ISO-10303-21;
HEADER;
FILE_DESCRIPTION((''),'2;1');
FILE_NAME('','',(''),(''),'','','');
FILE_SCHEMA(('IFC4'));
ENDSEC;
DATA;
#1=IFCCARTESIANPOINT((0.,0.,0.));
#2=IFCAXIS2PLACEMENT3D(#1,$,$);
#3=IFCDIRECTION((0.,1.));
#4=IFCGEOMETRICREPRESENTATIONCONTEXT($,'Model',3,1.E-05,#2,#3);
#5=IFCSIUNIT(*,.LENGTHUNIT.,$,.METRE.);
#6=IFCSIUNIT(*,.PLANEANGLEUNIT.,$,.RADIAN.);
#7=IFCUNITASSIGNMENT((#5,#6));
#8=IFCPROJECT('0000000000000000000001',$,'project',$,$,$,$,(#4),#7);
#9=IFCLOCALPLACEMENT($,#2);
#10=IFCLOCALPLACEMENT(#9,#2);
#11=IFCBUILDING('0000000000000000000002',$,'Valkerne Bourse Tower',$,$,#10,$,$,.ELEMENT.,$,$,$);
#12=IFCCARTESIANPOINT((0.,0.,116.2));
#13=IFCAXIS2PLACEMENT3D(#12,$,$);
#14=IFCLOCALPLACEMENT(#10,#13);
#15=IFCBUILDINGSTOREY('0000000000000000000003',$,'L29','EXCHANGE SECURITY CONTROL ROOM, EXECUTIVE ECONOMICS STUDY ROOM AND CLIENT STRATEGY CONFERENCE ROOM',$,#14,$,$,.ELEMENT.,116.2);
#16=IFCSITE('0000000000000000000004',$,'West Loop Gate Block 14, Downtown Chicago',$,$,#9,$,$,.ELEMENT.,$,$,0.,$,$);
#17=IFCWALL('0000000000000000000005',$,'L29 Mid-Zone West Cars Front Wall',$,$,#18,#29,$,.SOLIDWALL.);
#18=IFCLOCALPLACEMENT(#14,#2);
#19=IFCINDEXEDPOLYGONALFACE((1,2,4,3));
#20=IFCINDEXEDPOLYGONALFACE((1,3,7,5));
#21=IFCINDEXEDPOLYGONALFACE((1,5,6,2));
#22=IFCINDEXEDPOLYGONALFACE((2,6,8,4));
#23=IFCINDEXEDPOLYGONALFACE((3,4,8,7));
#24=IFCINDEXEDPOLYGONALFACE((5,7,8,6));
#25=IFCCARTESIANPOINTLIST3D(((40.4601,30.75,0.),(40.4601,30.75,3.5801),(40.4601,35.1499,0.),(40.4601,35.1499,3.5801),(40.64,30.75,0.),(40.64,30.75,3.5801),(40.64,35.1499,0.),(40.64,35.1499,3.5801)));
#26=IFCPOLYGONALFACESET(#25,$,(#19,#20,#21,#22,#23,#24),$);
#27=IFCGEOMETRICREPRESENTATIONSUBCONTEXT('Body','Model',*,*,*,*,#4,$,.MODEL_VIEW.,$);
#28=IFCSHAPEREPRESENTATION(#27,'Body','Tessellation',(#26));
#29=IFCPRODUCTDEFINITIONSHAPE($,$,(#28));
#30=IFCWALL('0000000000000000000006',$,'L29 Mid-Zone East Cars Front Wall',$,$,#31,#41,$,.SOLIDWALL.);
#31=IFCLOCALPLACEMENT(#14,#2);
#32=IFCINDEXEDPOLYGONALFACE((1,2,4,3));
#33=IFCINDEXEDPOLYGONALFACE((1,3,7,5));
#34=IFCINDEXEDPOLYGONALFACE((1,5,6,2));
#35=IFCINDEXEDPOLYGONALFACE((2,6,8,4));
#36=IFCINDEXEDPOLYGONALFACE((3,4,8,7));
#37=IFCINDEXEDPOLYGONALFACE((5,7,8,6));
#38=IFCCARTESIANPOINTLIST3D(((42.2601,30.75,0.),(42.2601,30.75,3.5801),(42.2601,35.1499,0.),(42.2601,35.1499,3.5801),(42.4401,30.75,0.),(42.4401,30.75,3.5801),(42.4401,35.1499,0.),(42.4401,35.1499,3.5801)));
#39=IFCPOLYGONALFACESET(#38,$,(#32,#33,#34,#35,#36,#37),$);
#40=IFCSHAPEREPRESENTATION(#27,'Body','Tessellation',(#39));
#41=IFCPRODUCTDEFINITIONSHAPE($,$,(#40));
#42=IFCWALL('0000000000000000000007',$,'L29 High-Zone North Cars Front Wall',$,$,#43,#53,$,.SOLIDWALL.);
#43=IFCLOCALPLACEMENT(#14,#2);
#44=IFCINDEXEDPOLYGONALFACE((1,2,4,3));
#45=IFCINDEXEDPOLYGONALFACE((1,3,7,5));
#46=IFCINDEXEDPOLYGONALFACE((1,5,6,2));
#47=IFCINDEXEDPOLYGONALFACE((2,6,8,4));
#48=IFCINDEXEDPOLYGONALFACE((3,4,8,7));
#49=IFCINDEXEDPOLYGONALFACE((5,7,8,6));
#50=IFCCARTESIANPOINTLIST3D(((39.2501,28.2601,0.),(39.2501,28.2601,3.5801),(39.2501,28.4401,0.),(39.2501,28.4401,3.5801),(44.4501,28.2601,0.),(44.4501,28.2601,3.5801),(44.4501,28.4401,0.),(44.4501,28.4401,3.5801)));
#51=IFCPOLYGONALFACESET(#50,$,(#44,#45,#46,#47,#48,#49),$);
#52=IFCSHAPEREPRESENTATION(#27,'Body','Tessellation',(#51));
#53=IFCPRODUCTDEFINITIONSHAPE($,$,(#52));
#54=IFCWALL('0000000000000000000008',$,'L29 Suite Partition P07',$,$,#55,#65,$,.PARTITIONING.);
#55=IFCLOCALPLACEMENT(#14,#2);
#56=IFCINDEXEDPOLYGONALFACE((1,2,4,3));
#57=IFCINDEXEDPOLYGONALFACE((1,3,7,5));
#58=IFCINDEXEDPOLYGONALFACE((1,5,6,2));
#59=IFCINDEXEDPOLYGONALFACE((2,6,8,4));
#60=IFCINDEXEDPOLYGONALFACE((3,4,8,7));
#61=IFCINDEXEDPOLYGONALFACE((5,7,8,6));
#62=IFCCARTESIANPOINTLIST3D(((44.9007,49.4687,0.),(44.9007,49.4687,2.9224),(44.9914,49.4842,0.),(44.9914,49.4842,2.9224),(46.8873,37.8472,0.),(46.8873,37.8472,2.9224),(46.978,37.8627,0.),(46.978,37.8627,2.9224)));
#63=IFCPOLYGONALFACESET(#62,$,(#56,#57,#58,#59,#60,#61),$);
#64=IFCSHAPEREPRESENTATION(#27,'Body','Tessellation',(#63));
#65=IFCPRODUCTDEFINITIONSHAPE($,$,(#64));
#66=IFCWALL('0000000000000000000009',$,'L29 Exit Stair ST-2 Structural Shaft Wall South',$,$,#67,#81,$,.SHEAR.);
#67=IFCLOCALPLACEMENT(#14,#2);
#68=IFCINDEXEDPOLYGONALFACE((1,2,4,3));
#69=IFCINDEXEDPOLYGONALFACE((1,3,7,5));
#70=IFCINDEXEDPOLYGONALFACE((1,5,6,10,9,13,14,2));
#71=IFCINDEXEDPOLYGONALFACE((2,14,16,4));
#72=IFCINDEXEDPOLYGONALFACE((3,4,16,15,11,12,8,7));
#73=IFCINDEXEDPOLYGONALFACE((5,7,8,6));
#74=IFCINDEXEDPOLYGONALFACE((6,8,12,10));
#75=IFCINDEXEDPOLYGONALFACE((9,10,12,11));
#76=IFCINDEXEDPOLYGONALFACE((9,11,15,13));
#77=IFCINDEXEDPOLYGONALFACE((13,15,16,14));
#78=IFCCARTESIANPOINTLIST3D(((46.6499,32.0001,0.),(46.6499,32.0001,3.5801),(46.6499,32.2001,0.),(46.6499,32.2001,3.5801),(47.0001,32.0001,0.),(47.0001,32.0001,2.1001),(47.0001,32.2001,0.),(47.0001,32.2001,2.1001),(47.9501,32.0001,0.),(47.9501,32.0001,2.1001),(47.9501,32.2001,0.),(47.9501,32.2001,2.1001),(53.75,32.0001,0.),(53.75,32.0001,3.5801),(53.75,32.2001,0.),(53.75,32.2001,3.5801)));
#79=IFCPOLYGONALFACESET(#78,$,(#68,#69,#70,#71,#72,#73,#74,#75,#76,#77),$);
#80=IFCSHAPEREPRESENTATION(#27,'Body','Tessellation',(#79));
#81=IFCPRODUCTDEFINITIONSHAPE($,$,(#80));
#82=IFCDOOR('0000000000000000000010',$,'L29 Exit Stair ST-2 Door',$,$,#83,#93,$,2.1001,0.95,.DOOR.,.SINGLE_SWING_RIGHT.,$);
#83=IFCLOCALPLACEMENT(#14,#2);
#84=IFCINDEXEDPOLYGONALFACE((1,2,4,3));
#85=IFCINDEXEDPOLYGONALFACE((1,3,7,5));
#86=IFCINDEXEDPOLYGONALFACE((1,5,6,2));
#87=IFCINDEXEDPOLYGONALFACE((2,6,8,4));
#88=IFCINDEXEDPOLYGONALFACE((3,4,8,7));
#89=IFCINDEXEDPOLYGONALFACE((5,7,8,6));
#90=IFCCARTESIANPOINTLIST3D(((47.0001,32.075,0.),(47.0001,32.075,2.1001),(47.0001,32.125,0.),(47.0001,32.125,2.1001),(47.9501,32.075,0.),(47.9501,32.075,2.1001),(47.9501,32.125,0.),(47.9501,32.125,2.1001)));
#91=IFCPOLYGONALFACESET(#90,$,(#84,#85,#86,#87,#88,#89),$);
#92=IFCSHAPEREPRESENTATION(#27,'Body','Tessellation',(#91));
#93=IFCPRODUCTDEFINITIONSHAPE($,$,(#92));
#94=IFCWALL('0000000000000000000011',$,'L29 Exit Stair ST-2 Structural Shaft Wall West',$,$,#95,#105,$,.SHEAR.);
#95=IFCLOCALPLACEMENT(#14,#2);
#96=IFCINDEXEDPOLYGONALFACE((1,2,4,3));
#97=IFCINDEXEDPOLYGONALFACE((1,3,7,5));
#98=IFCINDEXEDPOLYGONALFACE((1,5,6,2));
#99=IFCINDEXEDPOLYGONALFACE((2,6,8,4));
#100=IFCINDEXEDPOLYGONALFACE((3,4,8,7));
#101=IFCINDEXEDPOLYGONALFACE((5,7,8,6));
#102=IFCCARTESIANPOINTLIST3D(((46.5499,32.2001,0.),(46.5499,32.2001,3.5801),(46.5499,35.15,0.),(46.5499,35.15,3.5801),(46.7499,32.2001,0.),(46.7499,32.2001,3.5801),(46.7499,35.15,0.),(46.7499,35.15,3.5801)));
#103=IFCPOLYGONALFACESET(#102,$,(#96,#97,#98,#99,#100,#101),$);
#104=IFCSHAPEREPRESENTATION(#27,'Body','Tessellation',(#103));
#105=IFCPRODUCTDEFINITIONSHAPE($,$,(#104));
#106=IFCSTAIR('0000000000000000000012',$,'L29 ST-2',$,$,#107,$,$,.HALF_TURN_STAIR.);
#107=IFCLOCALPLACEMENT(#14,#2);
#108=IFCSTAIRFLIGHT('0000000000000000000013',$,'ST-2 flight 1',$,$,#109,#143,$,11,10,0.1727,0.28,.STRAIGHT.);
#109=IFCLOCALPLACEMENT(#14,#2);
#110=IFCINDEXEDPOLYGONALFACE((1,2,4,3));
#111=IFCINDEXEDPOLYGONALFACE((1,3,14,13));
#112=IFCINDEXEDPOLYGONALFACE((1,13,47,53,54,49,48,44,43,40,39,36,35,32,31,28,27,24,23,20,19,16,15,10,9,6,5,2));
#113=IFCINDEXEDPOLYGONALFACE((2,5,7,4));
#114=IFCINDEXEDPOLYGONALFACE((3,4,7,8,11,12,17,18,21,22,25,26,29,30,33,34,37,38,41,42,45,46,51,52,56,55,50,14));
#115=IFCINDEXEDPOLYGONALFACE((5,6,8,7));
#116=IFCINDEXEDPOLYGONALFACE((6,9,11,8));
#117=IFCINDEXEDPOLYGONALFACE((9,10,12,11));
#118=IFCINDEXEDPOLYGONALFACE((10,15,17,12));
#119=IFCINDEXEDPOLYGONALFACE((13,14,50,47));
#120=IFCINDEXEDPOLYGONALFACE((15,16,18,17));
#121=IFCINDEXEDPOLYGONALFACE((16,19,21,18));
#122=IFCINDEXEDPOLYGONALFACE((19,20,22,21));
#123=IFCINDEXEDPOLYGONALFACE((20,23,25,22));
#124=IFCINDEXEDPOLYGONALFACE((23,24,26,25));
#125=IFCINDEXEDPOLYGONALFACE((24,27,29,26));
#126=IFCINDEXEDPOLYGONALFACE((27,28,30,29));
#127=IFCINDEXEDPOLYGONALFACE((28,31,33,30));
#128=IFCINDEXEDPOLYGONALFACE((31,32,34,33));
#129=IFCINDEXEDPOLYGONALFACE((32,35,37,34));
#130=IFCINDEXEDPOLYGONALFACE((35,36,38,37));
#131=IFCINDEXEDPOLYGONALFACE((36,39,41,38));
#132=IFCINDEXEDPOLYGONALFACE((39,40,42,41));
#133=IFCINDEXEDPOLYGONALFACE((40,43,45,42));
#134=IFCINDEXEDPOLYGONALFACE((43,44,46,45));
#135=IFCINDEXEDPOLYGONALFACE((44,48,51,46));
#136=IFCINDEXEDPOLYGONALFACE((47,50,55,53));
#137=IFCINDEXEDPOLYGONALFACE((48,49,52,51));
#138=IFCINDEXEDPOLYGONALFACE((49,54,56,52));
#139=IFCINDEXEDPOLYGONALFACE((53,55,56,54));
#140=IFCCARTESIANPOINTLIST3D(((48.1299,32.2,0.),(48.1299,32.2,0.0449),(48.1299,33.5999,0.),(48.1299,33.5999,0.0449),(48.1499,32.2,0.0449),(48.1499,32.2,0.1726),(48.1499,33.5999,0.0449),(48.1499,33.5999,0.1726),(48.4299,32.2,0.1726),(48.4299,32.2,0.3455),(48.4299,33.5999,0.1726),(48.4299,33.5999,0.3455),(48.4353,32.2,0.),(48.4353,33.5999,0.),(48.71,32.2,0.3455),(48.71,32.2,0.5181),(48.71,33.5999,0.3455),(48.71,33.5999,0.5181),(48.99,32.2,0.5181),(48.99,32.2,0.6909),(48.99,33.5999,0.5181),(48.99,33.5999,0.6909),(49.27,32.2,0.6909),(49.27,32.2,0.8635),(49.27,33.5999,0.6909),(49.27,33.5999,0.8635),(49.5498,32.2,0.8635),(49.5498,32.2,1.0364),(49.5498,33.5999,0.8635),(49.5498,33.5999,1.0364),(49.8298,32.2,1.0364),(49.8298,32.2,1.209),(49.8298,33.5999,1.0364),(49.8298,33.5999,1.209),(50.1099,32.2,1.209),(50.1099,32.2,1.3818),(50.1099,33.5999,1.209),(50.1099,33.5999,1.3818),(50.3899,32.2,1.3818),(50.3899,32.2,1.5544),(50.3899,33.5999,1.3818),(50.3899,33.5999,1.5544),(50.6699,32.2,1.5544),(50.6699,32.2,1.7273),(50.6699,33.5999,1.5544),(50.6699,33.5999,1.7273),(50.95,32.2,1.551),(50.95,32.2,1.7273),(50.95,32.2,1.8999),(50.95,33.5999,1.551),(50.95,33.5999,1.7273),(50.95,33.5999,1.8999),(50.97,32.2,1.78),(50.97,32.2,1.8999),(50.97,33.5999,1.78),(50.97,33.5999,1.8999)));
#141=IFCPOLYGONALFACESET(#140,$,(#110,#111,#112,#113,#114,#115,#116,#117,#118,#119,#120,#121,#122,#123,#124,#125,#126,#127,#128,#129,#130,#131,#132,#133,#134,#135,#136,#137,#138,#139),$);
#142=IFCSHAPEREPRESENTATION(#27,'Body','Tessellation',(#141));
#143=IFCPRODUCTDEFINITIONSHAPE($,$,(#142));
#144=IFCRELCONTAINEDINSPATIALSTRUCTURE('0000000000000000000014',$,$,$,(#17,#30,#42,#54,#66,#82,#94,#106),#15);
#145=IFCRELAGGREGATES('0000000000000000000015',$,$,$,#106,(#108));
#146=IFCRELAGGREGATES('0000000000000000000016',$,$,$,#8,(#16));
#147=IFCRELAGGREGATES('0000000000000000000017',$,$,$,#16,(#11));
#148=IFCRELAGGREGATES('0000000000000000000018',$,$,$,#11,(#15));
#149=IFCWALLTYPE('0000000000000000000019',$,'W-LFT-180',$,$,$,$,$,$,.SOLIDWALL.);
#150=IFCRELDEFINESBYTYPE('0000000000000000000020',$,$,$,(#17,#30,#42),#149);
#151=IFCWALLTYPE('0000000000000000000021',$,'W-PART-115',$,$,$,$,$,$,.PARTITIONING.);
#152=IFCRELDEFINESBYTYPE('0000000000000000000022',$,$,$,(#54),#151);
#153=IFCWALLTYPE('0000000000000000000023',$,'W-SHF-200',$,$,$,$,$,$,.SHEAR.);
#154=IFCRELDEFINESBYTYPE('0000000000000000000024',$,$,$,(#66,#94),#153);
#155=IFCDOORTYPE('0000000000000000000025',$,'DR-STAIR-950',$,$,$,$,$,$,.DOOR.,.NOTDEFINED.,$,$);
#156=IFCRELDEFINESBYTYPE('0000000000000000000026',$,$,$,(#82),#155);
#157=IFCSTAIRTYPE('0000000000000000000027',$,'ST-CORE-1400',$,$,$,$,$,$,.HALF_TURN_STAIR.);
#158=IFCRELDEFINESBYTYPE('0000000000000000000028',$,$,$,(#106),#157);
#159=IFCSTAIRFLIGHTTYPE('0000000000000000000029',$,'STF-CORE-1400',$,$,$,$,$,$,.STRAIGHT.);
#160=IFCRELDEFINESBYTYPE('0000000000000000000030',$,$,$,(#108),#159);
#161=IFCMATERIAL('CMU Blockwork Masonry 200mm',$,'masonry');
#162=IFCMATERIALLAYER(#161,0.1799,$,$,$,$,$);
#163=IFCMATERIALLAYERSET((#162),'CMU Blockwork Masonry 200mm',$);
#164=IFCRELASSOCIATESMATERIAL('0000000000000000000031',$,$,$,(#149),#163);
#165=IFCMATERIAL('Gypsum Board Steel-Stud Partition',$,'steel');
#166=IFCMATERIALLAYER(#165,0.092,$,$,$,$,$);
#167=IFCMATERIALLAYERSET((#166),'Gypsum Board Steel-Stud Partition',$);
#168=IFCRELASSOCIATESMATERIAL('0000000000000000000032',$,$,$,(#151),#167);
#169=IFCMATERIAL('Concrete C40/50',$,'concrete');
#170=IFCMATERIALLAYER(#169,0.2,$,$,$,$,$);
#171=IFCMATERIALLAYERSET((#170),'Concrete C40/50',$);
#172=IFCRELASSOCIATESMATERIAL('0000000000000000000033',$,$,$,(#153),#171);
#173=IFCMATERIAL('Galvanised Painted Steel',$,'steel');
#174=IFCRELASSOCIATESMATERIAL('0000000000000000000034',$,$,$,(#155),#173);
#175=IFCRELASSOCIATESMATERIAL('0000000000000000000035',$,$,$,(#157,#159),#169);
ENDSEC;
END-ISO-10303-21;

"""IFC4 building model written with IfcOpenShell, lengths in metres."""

from ifc_helpers import new_model, si_unit, direction, frame, frame_2d, origin, place, context, subcontext, project, spatial, polyline, rectangle, outline, extrude, material, layer, layer_set, type_object, element, fill, aggregate, save


model = new_model("IFC4")

# Units and contexts
model_context = context("Model", 3, precision=1e-05, world=origin(), true_north=direction((0.0, 1.0)))
body_context = subcontext(model_context, "Body", "Model", "MODEL_VIEW")
ifc_project = project(units=[si_unit("LENGTHUNIT", "METRE"), si_unit("PLANEANGLEUNIT", "RADIAN")], contexts=[model_context])

# Site, building, storey
site_placement = place(None, origin())
site = spatial("IfcSite", under=ifc_project, at=site_placement, Name="West Loop Gate Block 14, Downtown Chicago", CompositionType="ELEMENT", RefElevation=0.0)
building_placement = place(site_placement, origin())
building = spatial("IfcBuilding", under=site, at=building_placement, Name="Valkerne Bourse Tower", CompositionType="ELEMENT")
storey_placement = place(building_placement, frame((0.0, 0.0, 116.2)))
storey = spatial("IfcBuildingStorey", under=building, at=storey_placement, Name="L29", Description="EXCHANGE SECURITY CONTROL ROOM, EXECUTIVE ECONOMICS STUDY ROOM AND CLIENT STRATEGY CONFERENCE ROOM", CompositionType="ELEMENT", Elevation=116.2)

# Shared definitions
ifc_material_1 = material(Name="Galvanised Painted Steel", Category="steel")

# Walls
ifc_material_2 = material(Name="CMU Blockwork Masonry 200mm", Category="masonry")
ifc_layer_1 = layer(ifc_material_2, 0.1799)
ifc_layer_set_1 = layer_set([ifc_layer_1], Name="CMU Blockwork Masonry 200mm")
wall_type_1 = type_object("IfcWallType", Name="W-LFT-180", PredefinedType="SOLIDWALL", material=ifc_layer_set_1)
for number, where, z_axis, x_axis, name in (
    (1, (40.55, 30.75, 0.0), (0.0, 0.0, 1.0), (0.0, 1.0, 0.0), "L29 Mid-Zone West Cars Front Wall"),
    (2, (42.3501, 30.75, 0.0), (0.0, 0.0, 1.0), (0.0, 1.0, 0.0), "L29 Mid-Zone East Cars Front Wall"),
):
    element("IfcWall", number, at=place(storey_placement, frame(where, z_axis=z_axis, x_axis=x_axis)), inside=storey, type_object=wall_type_1, Name=name, PredefinedType="SOLIDWALL", context=body_context, shape_type="SweptSolid", body=[
        extrude(rectangle(XDim=4.3999, YDim=0.1799, at=frame_2d((2.2, 0.0))), origin(), (0.0, 0.0, 1.0), 3.5801),
    ])
wall_1_placement = place(storey_placement, frame((39.25, 28.3501, 0.0), z_axis=(0.0, 0.0, 1.0), x_axis=(1.0, 0.0, 0.0)))
element("IfcWall", 3, at=wall_1_placement, inside=storey, type_object=wall_type_1, Name="L29 High-Zone North Cars Front Wall", PredefinedType="SOLIDWALL", context=body_context, shape_type="SweptSolid", body=[
    extrude(rectangle(XDim=5.2, YDim=0.1799, at=frame_2d((2.6001, 0.0))), origin(), (0.0, 0.0, 1.0), 3.5801),
])
ifc_material_3 = material(Name="Gypsum Board Steel-Stud Partition", Category="steel")
ifc_layer_2 = layer(ifc_material_3, 0.092)
ifc_layer_set_2 = layer_set([ifc_layer_2], Name="Gypsum Board Steel-Stud Partition")
wall_type_2 = type_object("IfcWallType", Name="W-PART-115", PredefinedType="PARTITIONING", material=ifc_layer_set_2)
wall_2_placement = place(storey_placement, frame((46.9326, 37.855, 0.0), z_axis=(0.0, 0.0, 1.0), x_axis=(-0.168494, 0.985703, 0.0)))
element("IfcWall", 4, at=wall_2_placement, inside=storey, type_object=wall_type_2, Name="L29 Suite Partition P07", PredefinedType="PARTITIONING", context=body_context, shape_type="SweptSolid", body=[
    extrude(rectangle(XDim=11.79, YDim=0.092, at=frame_2d((5.895, 0.0))), origin(), (0.0, 0.0, 1.0), 2.9224),
])

# Wall, opening, door
ifc_material_4 = material(Name="Concrete C40/50", Category="concrete")
ifc_layer_3 = layer(ifc_material_4, 0.2)
ifc_layer_set_3 = layer_set([ifc_layer_3], Name="Concrete C40/50")
wall_type_3 = type_object("IfcWallType", Name="W-SHF-200", PredefinedType="SHEAR", material=ifc_layer_set_3)
wall_3_placement = place(storey_placement, frame((46.6499, 32.1001, 0.0), z_axis=(0.0, 0.0, 1.0), x_axis=(1.0, 0.0, 0.0)))
wall_3 = element("IfcWall", 5, at=wall_3_placement, inside=storey, type_object=wall_type_3, Name="L29 Exit Stair ST-2 Structural Shaft Wall South", PredefinedType="SHEAR", context=body_context, shape_type="SweptSolid", body=[
    extrude(rectangle(XDim=7.1001, YDim=0.2, at=frame_2d((3.55, 0.0))), origin(), (0.0, 0.0, 1.0), 3.5801),
])
opening_1_placement = place(wall_3_placement, frame((0.3501, 0.0, 0.0)))
opening_1 = element("IfcOpeningElement", 6, at=opening_1_placement, cuts=wall_3, PredefinedType="OPENING", context=body_context, shape_type="SweptSolid", body=[
    extrude(rectangle(XDim=0.95, YDim=2.1001, at=frame_2d((0.4751, 1.05))), frame((0.0, 0.1099, 0.0), z_axis=(0.0, -1.0, 0.0), x_axis=(1.0, 0.0, 0.0)), (0.0, 0.0, 1.0), 0.22),
])
door_type_1 = type_object("IfcDoorType", Name="DR-STAIR-950", OperationType="NOTDEFINED", PredefinedType="DOOR", material=ifc_material_1)
door_1_placement = place(opening_1_placement, origin())
door_1 = element("IfcDoor", 7, at=door_1_placement, inside=storey, type_object=door_type_1, Name="L29 Exit Stair ST-2 Door", OperationType="SINGLE_SWING_RIGHT", OverallHeight=2.1001, OverallWidth=0.95, PredefinedType="DOOR", context=body_context, shape_type="SweptSolid", body=[
    extrude(rectangle(XDim=0.95, YDim=2.1001, at=frame_2d((0.4751, 1.05))), frame((0.0, 0.0249, 0.0), z_axis=(0.0, -1.0, 0.0), x_axis=(1.0, 0.0, 0.0)), (0.0, 0.0, 1.0), 0.05),
])
fill(opening_1, door_1)

# Wall
wall_4_placement = place(storey_placement, frame((46.6499, 32.2, 0.0), z_axis=(0.0, 0.0, 1.0), x_axis=(0.0, 1.0, 0.0)))
element("IfcWall", 8, at=wall_4_placement, inside=storey, type_object=wall_type_3, Name="L29 Exit Stair ST-2 Structural Shaft Wall West", PredefinedType="SHEAR", context=body_context, shape_type="SweptSolid", body=[
    extrude(rectangle(XDim=2.95, YDim=0.2, at=frame_2d((1.4751, 0.0))), origin(), (0.0, 0.0, 1.0), 3.5801),
])

# Stair, stair flight
stair_type = type_object("IfcStairType", Name="ST-CORE-1400", PredefinedType="HALF_TURN_STAIR", material=ifc_material_4)
stair_placement = place(storey_placement, origin())
stair = element("IfcStair", 9, at=stair_placement, inside=storey, type_object=stair_type, Name="L29 ST-2", PredefinedType="HALF_TURN_STAIR")
stair_flight_type = type_object("IfcStairFlightType", Name="STF-CORE-1400", PredefinedType="STRAIGHT", material=ifc_material_4)
stair_flight_placement = place(storey_placement, frame((48.1499, 32.8999, 0.0), z_axis=(0.0, 0.0, 1.0), x_axis=(1.0, 0.0, 0.0)))
stair_flight = element("IfcStairFlight", 10, at=stair_flight_placement, type_object=stair_flight_type, Name="ST-2 flight 1", NumberOfRisers=11, NumberOfTreads=10, PredefinedType="STRAIGHT", RiserHeight=0.1727, TreadLength=0.28, context=body_context, shape_type="SweptSolid", body=[
    extrude(outline(polyline([(-0.02, 0.0), (-0.02, 0.0449), (0.0, 0.0449), (0.0, 0.1726), (0.28, 0.1726), (0.28, 0.3455), (0.5601, 0.3455), (0.5601, 0.5181), (0.8401, 0.5181), (0.8401, 0.6909), (1.1201, 0.6909), (1.1201, 0.8635), (1.3999, 0.8635), (1.3999, 1.0364), (1.6799, 1.0364), (1.6799, 1.209), (1.96, 1.209), (1.96, 1.3818), (2.24, 1.3818), (2.24, 1.5544), (2.52, 1.5544), (2.52, 1.7273), (2.8, 1.7273), (2.8, 1.8999), (2.8201, 1.8999), (2.8201, 1.78), (2.8, 1.551), (0.2854, 0.0), (-0.02, 0.0)])), frame((0.0, 0.7, 0.0), z_axis=(0.0, -1.0, 0.0), x_axis=(1.0, 0.0, 0.0)), (0.0, 0.0, 1.0), 1.3999),
])
aggregate(stair, [stair_flight])

save(model, "model.ifc")
